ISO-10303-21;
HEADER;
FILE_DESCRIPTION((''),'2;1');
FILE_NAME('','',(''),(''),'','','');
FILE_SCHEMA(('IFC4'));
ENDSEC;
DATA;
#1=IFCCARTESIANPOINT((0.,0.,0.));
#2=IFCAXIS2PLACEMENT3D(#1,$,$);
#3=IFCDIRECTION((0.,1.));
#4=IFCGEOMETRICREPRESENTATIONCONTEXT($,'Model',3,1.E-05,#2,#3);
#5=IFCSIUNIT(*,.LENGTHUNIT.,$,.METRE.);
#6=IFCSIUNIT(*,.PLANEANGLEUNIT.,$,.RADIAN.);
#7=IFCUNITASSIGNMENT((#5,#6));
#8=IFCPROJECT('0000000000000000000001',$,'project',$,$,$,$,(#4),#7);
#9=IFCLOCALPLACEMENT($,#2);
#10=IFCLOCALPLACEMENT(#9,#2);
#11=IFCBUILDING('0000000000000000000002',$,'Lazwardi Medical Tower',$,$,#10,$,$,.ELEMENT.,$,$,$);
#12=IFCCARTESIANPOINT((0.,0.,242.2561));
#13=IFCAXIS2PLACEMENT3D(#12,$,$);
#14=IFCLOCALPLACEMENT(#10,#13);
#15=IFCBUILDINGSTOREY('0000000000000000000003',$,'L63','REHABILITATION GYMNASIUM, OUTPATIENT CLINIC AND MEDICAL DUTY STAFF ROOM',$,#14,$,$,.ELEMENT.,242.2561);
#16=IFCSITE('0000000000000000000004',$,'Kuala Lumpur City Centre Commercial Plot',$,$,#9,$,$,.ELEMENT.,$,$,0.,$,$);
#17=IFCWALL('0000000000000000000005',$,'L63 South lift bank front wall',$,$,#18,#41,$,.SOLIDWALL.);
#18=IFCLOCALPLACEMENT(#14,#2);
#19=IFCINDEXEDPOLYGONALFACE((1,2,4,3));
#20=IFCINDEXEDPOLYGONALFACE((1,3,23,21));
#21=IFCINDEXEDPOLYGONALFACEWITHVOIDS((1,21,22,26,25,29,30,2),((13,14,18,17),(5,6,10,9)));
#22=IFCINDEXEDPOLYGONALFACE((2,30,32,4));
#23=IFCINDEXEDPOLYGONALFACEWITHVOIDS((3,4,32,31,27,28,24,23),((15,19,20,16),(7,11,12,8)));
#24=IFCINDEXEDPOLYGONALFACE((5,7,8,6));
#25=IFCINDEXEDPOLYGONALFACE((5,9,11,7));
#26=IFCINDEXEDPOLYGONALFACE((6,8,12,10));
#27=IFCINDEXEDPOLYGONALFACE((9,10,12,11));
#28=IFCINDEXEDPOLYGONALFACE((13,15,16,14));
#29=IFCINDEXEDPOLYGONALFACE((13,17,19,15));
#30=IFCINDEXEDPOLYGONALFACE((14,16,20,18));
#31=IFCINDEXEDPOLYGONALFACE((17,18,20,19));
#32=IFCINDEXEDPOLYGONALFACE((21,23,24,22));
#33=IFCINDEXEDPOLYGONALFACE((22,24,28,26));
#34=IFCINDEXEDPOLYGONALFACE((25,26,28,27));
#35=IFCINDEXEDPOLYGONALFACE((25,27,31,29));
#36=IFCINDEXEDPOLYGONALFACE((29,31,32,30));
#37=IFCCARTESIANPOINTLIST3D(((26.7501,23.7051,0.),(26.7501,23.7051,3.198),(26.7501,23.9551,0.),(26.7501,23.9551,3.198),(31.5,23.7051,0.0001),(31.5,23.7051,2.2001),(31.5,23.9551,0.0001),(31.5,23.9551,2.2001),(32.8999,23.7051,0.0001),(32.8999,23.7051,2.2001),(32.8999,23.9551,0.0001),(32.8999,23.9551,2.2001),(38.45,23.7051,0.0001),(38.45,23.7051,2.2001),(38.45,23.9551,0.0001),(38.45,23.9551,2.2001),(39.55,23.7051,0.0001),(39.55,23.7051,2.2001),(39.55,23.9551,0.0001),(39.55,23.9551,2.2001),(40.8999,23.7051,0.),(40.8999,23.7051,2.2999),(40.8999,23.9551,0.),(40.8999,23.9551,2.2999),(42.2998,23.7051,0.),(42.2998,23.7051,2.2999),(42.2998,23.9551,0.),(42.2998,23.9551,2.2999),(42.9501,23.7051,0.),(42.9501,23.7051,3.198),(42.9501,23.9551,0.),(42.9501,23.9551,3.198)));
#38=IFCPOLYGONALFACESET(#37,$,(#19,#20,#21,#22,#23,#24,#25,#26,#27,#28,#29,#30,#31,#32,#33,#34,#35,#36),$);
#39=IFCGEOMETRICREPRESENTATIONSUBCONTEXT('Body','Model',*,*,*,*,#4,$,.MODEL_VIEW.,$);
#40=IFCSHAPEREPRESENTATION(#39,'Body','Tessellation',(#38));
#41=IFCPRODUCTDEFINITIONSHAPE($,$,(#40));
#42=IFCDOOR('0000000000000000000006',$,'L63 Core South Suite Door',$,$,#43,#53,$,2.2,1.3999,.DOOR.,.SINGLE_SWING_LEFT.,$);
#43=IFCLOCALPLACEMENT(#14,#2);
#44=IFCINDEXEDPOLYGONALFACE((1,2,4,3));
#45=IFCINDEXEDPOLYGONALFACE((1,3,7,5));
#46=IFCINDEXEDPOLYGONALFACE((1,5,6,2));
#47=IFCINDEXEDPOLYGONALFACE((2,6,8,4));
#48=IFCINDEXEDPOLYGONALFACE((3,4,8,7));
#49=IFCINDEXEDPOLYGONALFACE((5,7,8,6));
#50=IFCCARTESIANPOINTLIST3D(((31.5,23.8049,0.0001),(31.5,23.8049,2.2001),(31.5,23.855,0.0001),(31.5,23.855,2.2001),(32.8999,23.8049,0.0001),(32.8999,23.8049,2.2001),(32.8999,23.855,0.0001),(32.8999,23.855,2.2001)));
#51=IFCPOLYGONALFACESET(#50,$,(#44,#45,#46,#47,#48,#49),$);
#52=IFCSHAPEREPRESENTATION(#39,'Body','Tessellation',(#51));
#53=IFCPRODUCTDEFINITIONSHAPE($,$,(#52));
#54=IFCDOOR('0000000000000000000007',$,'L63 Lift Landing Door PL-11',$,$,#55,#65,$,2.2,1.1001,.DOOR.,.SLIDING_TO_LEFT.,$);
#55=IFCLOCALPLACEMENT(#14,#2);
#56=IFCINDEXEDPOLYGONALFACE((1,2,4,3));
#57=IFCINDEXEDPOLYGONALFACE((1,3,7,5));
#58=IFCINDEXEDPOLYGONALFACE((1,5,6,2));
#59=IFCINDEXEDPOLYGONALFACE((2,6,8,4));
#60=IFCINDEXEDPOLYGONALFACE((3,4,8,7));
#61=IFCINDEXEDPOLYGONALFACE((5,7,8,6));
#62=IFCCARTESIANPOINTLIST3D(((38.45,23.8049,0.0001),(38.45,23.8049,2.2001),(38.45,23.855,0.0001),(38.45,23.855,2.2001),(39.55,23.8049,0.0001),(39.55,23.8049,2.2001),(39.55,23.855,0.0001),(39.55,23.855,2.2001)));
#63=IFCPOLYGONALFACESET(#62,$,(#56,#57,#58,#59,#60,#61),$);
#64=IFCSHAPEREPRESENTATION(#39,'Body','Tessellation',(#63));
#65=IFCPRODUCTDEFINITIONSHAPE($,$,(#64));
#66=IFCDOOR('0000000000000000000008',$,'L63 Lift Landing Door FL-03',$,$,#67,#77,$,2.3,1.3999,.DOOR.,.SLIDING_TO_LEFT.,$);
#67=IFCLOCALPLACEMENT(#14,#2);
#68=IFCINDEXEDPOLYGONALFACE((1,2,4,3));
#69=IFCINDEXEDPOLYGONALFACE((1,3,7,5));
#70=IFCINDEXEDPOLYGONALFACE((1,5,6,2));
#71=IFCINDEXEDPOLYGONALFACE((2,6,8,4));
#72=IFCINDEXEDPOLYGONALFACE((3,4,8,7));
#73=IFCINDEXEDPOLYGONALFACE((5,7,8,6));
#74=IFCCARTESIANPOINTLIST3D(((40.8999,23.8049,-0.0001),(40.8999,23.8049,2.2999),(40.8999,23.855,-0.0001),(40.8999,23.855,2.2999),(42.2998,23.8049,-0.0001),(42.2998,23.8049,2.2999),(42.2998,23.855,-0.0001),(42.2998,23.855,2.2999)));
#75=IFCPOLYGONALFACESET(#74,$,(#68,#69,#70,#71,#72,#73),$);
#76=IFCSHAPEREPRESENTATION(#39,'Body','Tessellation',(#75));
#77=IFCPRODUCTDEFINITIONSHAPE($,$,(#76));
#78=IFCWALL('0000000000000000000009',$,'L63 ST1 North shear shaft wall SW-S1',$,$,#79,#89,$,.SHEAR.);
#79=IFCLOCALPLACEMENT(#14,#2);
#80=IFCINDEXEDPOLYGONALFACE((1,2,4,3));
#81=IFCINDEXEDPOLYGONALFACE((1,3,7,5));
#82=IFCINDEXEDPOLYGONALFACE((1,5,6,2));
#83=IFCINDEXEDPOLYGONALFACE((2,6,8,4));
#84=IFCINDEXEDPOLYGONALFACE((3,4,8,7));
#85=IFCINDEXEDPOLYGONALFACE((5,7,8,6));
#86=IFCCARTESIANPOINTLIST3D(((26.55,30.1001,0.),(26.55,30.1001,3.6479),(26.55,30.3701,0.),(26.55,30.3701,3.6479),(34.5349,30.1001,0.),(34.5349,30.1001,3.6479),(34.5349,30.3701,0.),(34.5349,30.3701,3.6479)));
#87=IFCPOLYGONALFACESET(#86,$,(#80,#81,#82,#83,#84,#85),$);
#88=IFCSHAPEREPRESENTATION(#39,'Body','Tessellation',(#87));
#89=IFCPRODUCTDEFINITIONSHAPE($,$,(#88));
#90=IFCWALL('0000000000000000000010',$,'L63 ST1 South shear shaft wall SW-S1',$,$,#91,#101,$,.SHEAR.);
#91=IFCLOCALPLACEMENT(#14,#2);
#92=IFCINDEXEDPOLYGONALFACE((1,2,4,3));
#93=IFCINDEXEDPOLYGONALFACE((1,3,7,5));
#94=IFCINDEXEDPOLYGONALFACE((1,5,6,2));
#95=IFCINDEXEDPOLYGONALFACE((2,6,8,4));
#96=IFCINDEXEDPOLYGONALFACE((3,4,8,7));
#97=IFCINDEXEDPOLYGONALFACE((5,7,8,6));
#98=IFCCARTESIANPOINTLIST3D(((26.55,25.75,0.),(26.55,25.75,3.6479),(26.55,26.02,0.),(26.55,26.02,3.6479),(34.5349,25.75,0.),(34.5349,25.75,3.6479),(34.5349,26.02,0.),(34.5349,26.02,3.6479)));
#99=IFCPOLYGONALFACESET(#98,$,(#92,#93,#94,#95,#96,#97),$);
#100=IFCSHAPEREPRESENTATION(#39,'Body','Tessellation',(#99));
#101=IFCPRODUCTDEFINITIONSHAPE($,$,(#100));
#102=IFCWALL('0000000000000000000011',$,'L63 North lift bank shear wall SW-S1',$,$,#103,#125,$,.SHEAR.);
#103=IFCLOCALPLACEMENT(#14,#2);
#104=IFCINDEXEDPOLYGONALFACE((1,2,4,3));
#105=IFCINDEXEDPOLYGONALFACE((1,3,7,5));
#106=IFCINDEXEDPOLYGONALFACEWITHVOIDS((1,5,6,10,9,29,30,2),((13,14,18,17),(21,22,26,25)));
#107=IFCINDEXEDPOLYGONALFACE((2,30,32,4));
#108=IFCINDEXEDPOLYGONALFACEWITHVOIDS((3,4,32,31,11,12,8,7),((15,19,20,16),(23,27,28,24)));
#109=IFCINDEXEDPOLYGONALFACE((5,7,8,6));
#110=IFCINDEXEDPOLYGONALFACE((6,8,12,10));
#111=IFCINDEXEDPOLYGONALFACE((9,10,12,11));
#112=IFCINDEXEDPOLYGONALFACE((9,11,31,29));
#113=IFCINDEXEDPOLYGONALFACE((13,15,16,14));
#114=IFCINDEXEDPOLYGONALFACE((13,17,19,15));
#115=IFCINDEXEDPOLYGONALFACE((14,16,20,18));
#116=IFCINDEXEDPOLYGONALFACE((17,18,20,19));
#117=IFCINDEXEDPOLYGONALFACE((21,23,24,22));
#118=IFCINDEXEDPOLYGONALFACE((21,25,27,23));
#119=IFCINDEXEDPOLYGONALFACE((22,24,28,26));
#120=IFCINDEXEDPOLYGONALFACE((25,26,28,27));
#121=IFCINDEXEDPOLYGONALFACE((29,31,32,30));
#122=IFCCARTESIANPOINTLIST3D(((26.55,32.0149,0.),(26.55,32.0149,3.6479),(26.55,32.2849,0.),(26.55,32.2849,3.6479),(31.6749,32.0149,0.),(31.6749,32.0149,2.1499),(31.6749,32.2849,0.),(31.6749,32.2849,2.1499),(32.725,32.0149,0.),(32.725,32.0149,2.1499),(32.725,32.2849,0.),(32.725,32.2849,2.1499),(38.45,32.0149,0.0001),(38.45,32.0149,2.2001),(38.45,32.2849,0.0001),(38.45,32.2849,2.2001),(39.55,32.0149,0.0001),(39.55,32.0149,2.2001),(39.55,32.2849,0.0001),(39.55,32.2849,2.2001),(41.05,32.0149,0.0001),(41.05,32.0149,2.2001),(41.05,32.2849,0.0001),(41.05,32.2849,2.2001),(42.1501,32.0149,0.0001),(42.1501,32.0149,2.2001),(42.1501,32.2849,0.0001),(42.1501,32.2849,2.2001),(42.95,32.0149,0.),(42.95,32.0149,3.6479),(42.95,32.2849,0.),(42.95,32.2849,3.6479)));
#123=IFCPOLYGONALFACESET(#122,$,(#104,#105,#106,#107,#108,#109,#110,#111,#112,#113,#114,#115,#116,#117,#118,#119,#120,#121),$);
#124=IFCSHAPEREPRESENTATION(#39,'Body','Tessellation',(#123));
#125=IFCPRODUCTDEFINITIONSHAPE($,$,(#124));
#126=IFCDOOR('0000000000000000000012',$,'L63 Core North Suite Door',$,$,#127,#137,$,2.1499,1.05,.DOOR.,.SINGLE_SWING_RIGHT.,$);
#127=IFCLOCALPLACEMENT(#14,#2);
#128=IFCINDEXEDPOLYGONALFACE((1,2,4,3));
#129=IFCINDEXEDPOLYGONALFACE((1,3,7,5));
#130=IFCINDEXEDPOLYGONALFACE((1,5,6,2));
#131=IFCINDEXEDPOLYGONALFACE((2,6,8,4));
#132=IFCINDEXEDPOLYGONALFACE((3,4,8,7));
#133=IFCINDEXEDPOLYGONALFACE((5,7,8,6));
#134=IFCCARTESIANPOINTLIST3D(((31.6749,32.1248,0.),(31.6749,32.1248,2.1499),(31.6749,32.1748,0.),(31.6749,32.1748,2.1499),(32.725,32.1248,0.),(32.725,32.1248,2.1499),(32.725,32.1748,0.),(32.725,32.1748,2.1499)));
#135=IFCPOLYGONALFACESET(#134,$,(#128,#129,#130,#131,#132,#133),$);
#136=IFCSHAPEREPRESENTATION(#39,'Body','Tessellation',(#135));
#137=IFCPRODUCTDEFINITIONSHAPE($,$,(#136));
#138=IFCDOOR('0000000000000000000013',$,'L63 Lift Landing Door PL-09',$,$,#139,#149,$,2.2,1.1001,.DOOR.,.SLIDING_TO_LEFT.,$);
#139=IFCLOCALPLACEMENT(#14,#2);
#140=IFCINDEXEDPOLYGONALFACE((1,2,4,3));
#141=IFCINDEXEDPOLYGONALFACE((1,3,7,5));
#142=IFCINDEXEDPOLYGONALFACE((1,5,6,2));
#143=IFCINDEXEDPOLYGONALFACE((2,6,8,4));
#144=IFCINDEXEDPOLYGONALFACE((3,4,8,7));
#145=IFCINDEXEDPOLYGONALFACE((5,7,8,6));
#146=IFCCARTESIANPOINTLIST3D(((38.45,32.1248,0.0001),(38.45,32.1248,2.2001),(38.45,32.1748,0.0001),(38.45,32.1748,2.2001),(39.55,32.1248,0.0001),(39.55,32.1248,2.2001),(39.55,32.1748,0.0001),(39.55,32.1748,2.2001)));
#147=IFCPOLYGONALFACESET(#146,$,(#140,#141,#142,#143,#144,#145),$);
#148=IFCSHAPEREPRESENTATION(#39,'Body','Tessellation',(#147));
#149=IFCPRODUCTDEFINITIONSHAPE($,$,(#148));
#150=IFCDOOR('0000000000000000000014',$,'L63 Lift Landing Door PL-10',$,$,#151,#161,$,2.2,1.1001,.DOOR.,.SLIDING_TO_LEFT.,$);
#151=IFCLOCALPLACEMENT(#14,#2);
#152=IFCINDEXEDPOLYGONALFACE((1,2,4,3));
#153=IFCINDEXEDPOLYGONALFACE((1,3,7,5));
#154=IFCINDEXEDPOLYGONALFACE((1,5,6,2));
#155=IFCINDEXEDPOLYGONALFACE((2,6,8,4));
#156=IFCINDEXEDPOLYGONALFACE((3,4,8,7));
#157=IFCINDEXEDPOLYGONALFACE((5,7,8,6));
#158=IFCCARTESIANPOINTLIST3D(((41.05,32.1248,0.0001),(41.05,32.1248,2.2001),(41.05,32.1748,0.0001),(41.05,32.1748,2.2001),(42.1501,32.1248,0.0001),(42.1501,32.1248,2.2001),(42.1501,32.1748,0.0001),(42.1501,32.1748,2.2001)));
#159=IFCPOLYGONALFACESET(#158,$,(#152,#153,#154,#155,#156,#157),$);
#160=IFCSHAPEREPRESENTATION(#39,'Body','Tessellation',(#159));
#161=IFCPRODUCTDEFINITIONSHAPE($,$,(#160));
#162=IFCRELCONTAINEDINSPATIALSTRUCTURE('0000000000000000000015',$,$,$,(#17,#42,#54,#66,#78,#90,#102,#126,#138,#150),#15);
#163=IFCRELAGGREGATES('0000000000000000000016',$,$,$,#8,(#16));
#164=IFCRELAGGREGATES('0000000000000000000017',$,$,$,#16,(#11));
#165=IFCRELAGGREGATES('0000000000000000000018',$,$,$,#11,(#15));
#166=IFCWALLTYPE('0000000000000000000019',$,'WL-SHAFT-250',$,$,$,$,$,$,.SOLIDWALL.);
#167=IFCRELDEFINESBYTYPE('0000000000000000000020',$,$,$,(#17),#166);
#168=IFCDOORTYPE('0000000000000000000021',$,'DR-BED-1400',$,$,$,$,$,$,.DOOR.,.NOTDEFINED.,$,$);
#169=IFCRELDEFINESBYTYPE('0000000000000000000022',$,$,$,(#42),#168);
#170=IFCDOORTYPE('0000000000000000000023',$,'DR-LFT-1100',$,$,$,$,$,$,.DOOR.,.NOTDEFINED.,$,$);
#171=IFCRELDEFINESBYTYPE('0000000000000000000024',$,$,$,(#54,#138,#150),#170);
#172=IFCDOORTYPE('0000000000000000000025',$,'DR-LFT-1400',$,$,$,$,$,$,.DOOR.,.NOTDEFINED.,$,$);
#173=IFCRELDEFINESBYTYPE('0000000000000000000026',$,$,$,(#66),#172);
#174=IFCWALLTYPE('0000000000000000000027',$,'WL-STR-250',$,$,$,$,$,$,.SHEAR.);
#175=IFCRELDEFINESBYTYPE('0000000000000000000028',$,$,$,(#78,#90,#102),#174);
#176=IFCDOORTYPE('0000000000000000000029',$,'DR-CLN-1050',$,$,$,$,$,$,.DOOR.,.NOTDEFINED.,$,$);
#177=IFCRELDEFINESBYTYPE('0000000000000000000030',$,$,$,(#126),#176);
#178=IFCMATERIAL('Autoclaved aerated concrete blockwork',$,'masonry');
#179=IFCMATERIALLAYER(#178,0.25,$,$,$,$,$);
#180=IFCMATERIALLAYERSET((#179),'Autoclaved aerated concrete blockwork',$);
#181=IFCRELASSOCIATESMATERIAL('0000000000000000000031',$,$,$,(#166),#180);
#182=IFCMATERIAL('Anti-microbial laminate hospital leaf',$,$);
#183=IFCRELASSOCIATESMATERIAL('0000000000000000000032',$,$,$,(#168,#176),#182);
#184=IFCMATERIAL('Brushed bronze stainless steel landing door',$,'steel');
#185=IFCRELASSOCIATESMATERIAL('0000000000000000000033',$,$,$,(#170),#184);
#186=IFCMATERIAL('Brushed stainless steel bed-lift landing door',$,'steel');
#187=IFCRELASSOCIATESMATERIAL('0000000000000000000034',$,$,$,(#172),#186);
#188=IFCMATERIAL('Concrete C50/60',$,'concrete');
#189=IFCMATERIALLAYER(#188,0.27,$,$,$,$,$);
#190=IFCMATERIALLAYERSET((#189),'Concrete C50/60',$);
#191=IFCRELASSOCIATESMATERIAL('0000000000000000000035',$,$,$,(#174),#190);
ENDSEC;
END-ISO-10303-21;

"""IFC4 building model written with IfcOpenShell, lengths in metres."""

from ifc_helpers import new_model, si_unit, direction, frame, frame_2d, origin, place, context, subcontext, project, spatial, rectangle, extrude, material, layer, layer_set, type_object, element, fill, save


model = new_model("IFC4")

# Units and contexts
model_context = context("Model", 3, precision=1e-05, world=origin(), true_north=direction((0.0, 1.0)))
body_context = subcontext(model_context, "Body", "Model", "MODEL_VIEW")
ifc_project = project(units=[si_unit("LENGTHUNIT", "METRE"), si_unit("PLANEANGLEUNIT", "RADIAN")], contexts=[model_context])

# Site, building, storey
site_placement = place(None, origin())
site = spatial("IfcSite", under=ifc_project, at=site_placement, Name="Kuala Lumpur City Centre Commercial Plot", CompositionType="ELEMENT", RefElevation=0.0)
building_placement = place(site_placement, origin())
building = spatial("IfcBuilding", under=site, at=building_placement, Name="Lazwardi Medical Tower", CompositionType="ELEMENT")
storey_placement = place(building_placement, frame((0.0, 0.0, 242.2561)))
storey = spatial("IfcBuildingStorey", under=building, at=storey_placement, Name="L63", Description="REHABILITATION GYMNASIUM, OUTPATIENT CLINIC AND MEDICAL DUTY STAFF ROOM", CompositionType="ELEMENT", Elevation=242.2561)

# Wall, openings, doors
ifc_material_1 = material(Name="Autoclaved aerated concrete blockwork", Category="masonry")
ifc_layer_1 = layer(ifc_material_1, 0.25)
ifc_layer_set_1 = layer_set([ifc_layer_1], Name="Autoclaved aerated concrete blockwork")
wall_type_1 = type_object("IfcWallType", Name="WL-SHAFT-250", PredefinedType="SOLIDWALL", material=ifc_layer_set_1)
wall_1_placement = place(storey_placement, frame((26.75, 23.8301, 0.0), z_axis=(0.0, 0.0, 1.0), x_axis=(1.0, 0.0, 0.0)))
wall_1 = element("IfcWall", 1, at=wall_1_placement, inside=storey, type_object=wall_type_1, Name="L63 South lift bank front wall", PredefinedType="SOLIDWALL", context=body_context, shape_type="SweptSolid", body=[
    extrude(rectangle(XDim=16.2, YDim=0.25, at=frame_2d((8.1001, 0.0))), origin(), (0.0, 0.0, 1.0), 3.198),
])
opening_1_placement = place(wall_1_placement, frame((4.75, 0.0, 0.0)))
opening_1 = element("IfcOpeningElement", 2, at=opening_1_placement, cuts=wall_1, PredefinedType="OPENING", context=body_context, shape_type="SweptSolid", body=[
    extrude(rectangle(XDim=1.3999, YDim=2.2, at=frame_2d((0.7, 1.1001))), frame((0.0, 0.135, 0.0), z_axis=(0.0, -1.0, 0.0), x_axis=(1.0, 0.0, 0.0)), (0.0, 0.0, 1.0), 0.27),
])
opening_2_placement = place(wall_1_placement, frame((11.7, 0.0, 0.0)))
opening_2 = element("IfcOpeningElement", 3, at=opening_2_placement, cuts=wall_1, PredefinedType="OPENING", context=body_context, shape_type="SweptSolid", body=[
    extrude(rectangle(XDim=1.1001, YDim=2.2, at=frame_2d((0.55, 1.1001))), frame((0.0, 0.135, 0.0), z_axis=(0.0, -1.0, 0.0), x_axis=(1.0, 0.0, 0.0)), (0.0, 0.0, 1.0), 0.27),
])
opening_3_placement = place(wall_1_placement, frame((14.1499, 0.0, 0.0)))
opening_3 = element("IfcOpeningElement", 4, at=opening_3_placement, cuts=wall_1, PredefinedType="OPENING", context=body_context, shape_type="SweptSolid", body=[
    extrude(rectangle(XDim=1.3999, YDim=2.3, at=frame_2d((0.7, 1.1499))), frame((0.0, 0.135, 0.0), z_axis=(0.0, -1.0, 0.0), x_axis=(1.0, 0.0, 0.0)), (0.0, 0.0, 1.0), 0.27),
])
ifc_material_2 = material(Name="Anti-microbial laminate hospital leaf")
door_type_1 = type_object("IfcDoorType", Name="DR-BED-1400", OperationType="NOTDEFINED", PredefinedType="DOOR", material=ifc_material_2)
door_1_placement = place(opening_1_placement, origin())
door_1 = element("IfcDoor", 5, at=door_1_placement, inside=storey, type_object=door_type_1, Name="L63 Core South Suite Door", OperationType="SINGLE_SWING_LEFT", OverallHeight=2.2, OverallWidth=1.3999, PredefinedType="DOOR", context=body_context, shape_type="SweptSolid", body=[
    extrude(rectangle(XDim=1.3999, YDim=2.2, at=frame_2d((0.7, 1.1001))), frame((0.0, 0.0249, 0.0), z_axis=(0.0, -1.0, 0.0), x_axis=(1.0, 0.0, 0.0)), (0.0, 0.0, 1.0), 0.05),
])
fill(opening_1, door_1)
ifc_material_3 = material(Name="Brushed bronze stainless steel landing door", Category="steel")
door_type_2 = type_object("IfcDoorType", Name="DR-LFT-1100", OperationType="NOTDEFINED", PredefinedType="DOOR", material=ifc_material_3)
door_2_placement = place(opening_2_placement, origin())
door_2 = element("IfcDoor", 6, at=door_2_placement, inside=storey, type_object=door_type_2, Name="L63 Lift Landing Door PL-11", OperationType="SLIDING_TO_LEFT", OverallHeight=2.2, OverallWidth=1.1001, PredefinedType="DOOR", context=body_context, shape_type="SweptSolid", body=[
    extrude(rectangle(XDim=1.1001, YDim=2.2, at=frame_2d((0.55, 1.1001))), frame((0.0, 0.0249, 0.0), z_axis=(0.0, -1.0, 0.0), x_axis=(1.0, 0.0, 0.0)), (0.0, 0.0, 1.0), 0.05),
])
fill(opening_2, door_2)
ifc_material_4 = material(Name="Brushed stainless steel bed-lift landing door", Category="steel")
door_type_3 = type_object("IfcDoorType", Name="DR-LFT-1400", OperationType="NOTDEFINED", PredefinedType="DOOR", material=ifc_material_4)
door_3_placement = place(opening_3_placement, origin())
door_3 = element("IfcDoor", 7, at=door_3_placement, inside=storey, type_object=door_type_3, Name="L63 Lift Landing Door FL-03", OperationType="SLIDING_TO_LEFT", OverallHeight=2.3, OverallWidth=1.3999, PredefinedType="DOOR", context=body_context, shape_type="SweptSolid", body=[
    extrude(rectangle(XDim=1.3999, YDim=2.3, at=frame_2d((0.7, 1.1499))), frame((0.0, 0.0249, 0.0), z_axis=(0.0, -1.0, 0.0), x_axis=(1.0, 0.0, 0.0)), (0.0, 0.0, 1.0), 0.05),
])
fill(opening_3, door_3)

# Walls
ifc_material_5 = material(Name="Concrete C50/60", Category="concrete")
ifc_layer_2 = layer(ifc_material_5, 0.27)
ifc_layer_set_2 = layer_set([ifc_layer_2], Name="Concrete C50/60")
wall_type_2 = type_object("IfcWallType", Name="WL-STR-250", PredefinedType="SHEAR", material=ifc_layer_set_2)
for number, where, z_axis, x_axis, name in (
    (8, (26.55, 30.2351, 0.0), (0.0, 0.0, 1.0), (1.0, 0.0, 0.0), "L63 ST1 North shear shaft wall SW-S1"),
    (9, (26.55, 25.885, 0.0), (0.0, 0.0, 1.0), (1.0, 0.0, 0.0), "L63 ST1 South shear shaft wall SW-S1"),
):
    element("IfcWall", number, at=place(storey_placement, frame(where, z_axis=z_axis, x_axis=x_axis)), inside=storey, type_object=wall_type_2, Name=name, PredefinedType="SHEAR", context=body_context, shape_type="SweptSolid", body=[
        extrude(rectangle(XDim=7.9849, YDim=0.27, at=frame_2d((3.9924, 0.0))), origin(), (0.0, 0.0, 1.0), 3.6479),
    ])

# Wall, openings, doors
wall_2_placement = place(storey_placement, frame((26.55, 32.1499, 0.0), z_axis=(0.0, 0.0, 1.0), x_axis=(1.0, 0.0, 0.0)))
wall_2 = element("IfcWall", 10, at=wall_2_placement, inside=storey, type_object=wall_type_2, Name="L63 North lift bank shear wall SW-S1", PredefinedType="SHEAR", context=body_context, shape_type="SweptSolid", body=[
    extrude(rectangle(XDim=16.3999, YDim=0.27, at=frame_2d((8.2, 0.0))), origin(), (0.0, 0.0, 1.0), 3.6479),
])
opening_4_placement = place(wall_2_placement, frame((5.125, 0.0, 0.0)))
opening_4 = element("IfcOpeningElement", 11, at=opening_4_placement, cuts=wall_2, PredefinedType="OPENING", context=body_context, shape_type="SweptSolid", body=[
    extrude(rectangle(XDim=1.05, YDim=2.1499, at=frame_2d((0.5249, 1.075))), frame((0.0, 0.145, 0.0), z_axis=(0.0, -1.0, 0.0), x_axis=(1.0, 0.0, 0.0)), (0.0, 0.0, 1.0), 0.29),
])
opening_5_placement = place(wall_2_placement, frame((11.8999, 0.0, 0.0)))
opening_5 = element("IfcOpeningElement", 12, at=opening_5_placement, cuts=wall_2, PredefinedType="OPENING", context=body_context, shape_type="SweptSolid", body=[
    extrude(rectangle(XDim=1.1001, YDim=2.2, at=frame_2d((0.55, 1.1001))), frame((0.0, 0.145, 0.0), z_axis=(0.0, -1.0, 0.0), x_axis=(1.0, 0.0, 0.0)), (0.0, 0.0, 1.0), 0.29),
])
opening_6_placement = place(wall_2_placement, frame((14.5, 0.0, 0.0)))
opening_6 = element("IfcOpeningElement", 13, at=opening_6_placement, cuts=wall_2, PredefinedType="OPENING", context=body_context, shape_type="SweptSolid", body=[
    extrude(rectangle(XDim=1.1001, YDim=2.2, at=frame_2d((0.55, 1.1001))), frame((0.0, 0.145, 0.0), z_axis=(0.0, -1.0, 0.0), x_axis=(1.0, 0.0, 0.0)), (0.0, 0.0, 1.0), 0.29),
])
door_type_4 = type_object("IfcDoorType", Name="DR-CLN-1050", OperationType="NOTDEFINED", PredefinedType="DOOR", material=ifc_material_2)
door_4_placement = place(opening_4_placement, origin())
door_4 = element("IfcDoor", 14, at=door_4_placement, inside=storey, type_object=door_type_4, Name="L63 Core North Suite Door", OperationType="SINGLE_SWING_RIGHT", OverallHeight=2.1499, OverallWidth=1.05, PredefinedType="DOOR", context=body_context, shape_type="SweptSolid", body=[
    extrude(rectangle(XDim=1.05, YDim=2.1499, at=frame_2d((0.5249, 1.075))), frame((0.0, 0.0249, 0.0), z_axis=(0.0, -1.0, 0.0), x_axis=(1.0, 0.0, 0.0)), (0.0, 0.0, 1.0), 0.05),
])
fill(opening_4, door_4)
door_5_placement = place(opening_5_placement, origin())
door_5 = element("IfcDoor", 15, at=door_5_placement, inside=storey, type_object=door_type_2, Name="L63 Lift Landing Door PL-09", OperationType="SLIDING_TO_LEFT", OverallHeight=2.2, OverallWidth=1.1001, PredefinedType="DOOR", context=body_context, shape_type="SweptSolid", body=[
    extrude(rectangle(XDim=1.1001, YDim=2.2, at=frame_2d((0.55, 1.1001))), frame((0.0, 0.0249, 0.0), z_axis=(0.0, -1.0, 0.0), x_axis=(1.0, 0.0, 0.0)), (0.0, 0.0, 1.0), 0.05),
])
fill(opening_5, door_5)
door_6_placement = place(opening_6_placement, origin())
door_6 = element("IfcDoor", 16, at=door_6_placement, inside=storey, type_object=door_type_2, Name="L63 Lift Landing Door PL-10", OperationType="SLIDING_TO_LEFT", OverallHeight=2.2, OverallWidth=1.1001, PredefinedType="DOOR", context=body_context, shape_type="SweptSolid", body=[
    extrude(rectangle(XDim=1.1001, YDim=2.2, at=frame_2d((0.55, 1.1001))), frame((0.0, 0.0249, 0.0), z_axis=(0.0, -1.0, 0.0), x_axis=(1.0, 0.0, 0.0)), (0.0, 0.0, 1.0), 0.05),
])
fill(opening_6, door_6)

save(model, "model.ifc")
